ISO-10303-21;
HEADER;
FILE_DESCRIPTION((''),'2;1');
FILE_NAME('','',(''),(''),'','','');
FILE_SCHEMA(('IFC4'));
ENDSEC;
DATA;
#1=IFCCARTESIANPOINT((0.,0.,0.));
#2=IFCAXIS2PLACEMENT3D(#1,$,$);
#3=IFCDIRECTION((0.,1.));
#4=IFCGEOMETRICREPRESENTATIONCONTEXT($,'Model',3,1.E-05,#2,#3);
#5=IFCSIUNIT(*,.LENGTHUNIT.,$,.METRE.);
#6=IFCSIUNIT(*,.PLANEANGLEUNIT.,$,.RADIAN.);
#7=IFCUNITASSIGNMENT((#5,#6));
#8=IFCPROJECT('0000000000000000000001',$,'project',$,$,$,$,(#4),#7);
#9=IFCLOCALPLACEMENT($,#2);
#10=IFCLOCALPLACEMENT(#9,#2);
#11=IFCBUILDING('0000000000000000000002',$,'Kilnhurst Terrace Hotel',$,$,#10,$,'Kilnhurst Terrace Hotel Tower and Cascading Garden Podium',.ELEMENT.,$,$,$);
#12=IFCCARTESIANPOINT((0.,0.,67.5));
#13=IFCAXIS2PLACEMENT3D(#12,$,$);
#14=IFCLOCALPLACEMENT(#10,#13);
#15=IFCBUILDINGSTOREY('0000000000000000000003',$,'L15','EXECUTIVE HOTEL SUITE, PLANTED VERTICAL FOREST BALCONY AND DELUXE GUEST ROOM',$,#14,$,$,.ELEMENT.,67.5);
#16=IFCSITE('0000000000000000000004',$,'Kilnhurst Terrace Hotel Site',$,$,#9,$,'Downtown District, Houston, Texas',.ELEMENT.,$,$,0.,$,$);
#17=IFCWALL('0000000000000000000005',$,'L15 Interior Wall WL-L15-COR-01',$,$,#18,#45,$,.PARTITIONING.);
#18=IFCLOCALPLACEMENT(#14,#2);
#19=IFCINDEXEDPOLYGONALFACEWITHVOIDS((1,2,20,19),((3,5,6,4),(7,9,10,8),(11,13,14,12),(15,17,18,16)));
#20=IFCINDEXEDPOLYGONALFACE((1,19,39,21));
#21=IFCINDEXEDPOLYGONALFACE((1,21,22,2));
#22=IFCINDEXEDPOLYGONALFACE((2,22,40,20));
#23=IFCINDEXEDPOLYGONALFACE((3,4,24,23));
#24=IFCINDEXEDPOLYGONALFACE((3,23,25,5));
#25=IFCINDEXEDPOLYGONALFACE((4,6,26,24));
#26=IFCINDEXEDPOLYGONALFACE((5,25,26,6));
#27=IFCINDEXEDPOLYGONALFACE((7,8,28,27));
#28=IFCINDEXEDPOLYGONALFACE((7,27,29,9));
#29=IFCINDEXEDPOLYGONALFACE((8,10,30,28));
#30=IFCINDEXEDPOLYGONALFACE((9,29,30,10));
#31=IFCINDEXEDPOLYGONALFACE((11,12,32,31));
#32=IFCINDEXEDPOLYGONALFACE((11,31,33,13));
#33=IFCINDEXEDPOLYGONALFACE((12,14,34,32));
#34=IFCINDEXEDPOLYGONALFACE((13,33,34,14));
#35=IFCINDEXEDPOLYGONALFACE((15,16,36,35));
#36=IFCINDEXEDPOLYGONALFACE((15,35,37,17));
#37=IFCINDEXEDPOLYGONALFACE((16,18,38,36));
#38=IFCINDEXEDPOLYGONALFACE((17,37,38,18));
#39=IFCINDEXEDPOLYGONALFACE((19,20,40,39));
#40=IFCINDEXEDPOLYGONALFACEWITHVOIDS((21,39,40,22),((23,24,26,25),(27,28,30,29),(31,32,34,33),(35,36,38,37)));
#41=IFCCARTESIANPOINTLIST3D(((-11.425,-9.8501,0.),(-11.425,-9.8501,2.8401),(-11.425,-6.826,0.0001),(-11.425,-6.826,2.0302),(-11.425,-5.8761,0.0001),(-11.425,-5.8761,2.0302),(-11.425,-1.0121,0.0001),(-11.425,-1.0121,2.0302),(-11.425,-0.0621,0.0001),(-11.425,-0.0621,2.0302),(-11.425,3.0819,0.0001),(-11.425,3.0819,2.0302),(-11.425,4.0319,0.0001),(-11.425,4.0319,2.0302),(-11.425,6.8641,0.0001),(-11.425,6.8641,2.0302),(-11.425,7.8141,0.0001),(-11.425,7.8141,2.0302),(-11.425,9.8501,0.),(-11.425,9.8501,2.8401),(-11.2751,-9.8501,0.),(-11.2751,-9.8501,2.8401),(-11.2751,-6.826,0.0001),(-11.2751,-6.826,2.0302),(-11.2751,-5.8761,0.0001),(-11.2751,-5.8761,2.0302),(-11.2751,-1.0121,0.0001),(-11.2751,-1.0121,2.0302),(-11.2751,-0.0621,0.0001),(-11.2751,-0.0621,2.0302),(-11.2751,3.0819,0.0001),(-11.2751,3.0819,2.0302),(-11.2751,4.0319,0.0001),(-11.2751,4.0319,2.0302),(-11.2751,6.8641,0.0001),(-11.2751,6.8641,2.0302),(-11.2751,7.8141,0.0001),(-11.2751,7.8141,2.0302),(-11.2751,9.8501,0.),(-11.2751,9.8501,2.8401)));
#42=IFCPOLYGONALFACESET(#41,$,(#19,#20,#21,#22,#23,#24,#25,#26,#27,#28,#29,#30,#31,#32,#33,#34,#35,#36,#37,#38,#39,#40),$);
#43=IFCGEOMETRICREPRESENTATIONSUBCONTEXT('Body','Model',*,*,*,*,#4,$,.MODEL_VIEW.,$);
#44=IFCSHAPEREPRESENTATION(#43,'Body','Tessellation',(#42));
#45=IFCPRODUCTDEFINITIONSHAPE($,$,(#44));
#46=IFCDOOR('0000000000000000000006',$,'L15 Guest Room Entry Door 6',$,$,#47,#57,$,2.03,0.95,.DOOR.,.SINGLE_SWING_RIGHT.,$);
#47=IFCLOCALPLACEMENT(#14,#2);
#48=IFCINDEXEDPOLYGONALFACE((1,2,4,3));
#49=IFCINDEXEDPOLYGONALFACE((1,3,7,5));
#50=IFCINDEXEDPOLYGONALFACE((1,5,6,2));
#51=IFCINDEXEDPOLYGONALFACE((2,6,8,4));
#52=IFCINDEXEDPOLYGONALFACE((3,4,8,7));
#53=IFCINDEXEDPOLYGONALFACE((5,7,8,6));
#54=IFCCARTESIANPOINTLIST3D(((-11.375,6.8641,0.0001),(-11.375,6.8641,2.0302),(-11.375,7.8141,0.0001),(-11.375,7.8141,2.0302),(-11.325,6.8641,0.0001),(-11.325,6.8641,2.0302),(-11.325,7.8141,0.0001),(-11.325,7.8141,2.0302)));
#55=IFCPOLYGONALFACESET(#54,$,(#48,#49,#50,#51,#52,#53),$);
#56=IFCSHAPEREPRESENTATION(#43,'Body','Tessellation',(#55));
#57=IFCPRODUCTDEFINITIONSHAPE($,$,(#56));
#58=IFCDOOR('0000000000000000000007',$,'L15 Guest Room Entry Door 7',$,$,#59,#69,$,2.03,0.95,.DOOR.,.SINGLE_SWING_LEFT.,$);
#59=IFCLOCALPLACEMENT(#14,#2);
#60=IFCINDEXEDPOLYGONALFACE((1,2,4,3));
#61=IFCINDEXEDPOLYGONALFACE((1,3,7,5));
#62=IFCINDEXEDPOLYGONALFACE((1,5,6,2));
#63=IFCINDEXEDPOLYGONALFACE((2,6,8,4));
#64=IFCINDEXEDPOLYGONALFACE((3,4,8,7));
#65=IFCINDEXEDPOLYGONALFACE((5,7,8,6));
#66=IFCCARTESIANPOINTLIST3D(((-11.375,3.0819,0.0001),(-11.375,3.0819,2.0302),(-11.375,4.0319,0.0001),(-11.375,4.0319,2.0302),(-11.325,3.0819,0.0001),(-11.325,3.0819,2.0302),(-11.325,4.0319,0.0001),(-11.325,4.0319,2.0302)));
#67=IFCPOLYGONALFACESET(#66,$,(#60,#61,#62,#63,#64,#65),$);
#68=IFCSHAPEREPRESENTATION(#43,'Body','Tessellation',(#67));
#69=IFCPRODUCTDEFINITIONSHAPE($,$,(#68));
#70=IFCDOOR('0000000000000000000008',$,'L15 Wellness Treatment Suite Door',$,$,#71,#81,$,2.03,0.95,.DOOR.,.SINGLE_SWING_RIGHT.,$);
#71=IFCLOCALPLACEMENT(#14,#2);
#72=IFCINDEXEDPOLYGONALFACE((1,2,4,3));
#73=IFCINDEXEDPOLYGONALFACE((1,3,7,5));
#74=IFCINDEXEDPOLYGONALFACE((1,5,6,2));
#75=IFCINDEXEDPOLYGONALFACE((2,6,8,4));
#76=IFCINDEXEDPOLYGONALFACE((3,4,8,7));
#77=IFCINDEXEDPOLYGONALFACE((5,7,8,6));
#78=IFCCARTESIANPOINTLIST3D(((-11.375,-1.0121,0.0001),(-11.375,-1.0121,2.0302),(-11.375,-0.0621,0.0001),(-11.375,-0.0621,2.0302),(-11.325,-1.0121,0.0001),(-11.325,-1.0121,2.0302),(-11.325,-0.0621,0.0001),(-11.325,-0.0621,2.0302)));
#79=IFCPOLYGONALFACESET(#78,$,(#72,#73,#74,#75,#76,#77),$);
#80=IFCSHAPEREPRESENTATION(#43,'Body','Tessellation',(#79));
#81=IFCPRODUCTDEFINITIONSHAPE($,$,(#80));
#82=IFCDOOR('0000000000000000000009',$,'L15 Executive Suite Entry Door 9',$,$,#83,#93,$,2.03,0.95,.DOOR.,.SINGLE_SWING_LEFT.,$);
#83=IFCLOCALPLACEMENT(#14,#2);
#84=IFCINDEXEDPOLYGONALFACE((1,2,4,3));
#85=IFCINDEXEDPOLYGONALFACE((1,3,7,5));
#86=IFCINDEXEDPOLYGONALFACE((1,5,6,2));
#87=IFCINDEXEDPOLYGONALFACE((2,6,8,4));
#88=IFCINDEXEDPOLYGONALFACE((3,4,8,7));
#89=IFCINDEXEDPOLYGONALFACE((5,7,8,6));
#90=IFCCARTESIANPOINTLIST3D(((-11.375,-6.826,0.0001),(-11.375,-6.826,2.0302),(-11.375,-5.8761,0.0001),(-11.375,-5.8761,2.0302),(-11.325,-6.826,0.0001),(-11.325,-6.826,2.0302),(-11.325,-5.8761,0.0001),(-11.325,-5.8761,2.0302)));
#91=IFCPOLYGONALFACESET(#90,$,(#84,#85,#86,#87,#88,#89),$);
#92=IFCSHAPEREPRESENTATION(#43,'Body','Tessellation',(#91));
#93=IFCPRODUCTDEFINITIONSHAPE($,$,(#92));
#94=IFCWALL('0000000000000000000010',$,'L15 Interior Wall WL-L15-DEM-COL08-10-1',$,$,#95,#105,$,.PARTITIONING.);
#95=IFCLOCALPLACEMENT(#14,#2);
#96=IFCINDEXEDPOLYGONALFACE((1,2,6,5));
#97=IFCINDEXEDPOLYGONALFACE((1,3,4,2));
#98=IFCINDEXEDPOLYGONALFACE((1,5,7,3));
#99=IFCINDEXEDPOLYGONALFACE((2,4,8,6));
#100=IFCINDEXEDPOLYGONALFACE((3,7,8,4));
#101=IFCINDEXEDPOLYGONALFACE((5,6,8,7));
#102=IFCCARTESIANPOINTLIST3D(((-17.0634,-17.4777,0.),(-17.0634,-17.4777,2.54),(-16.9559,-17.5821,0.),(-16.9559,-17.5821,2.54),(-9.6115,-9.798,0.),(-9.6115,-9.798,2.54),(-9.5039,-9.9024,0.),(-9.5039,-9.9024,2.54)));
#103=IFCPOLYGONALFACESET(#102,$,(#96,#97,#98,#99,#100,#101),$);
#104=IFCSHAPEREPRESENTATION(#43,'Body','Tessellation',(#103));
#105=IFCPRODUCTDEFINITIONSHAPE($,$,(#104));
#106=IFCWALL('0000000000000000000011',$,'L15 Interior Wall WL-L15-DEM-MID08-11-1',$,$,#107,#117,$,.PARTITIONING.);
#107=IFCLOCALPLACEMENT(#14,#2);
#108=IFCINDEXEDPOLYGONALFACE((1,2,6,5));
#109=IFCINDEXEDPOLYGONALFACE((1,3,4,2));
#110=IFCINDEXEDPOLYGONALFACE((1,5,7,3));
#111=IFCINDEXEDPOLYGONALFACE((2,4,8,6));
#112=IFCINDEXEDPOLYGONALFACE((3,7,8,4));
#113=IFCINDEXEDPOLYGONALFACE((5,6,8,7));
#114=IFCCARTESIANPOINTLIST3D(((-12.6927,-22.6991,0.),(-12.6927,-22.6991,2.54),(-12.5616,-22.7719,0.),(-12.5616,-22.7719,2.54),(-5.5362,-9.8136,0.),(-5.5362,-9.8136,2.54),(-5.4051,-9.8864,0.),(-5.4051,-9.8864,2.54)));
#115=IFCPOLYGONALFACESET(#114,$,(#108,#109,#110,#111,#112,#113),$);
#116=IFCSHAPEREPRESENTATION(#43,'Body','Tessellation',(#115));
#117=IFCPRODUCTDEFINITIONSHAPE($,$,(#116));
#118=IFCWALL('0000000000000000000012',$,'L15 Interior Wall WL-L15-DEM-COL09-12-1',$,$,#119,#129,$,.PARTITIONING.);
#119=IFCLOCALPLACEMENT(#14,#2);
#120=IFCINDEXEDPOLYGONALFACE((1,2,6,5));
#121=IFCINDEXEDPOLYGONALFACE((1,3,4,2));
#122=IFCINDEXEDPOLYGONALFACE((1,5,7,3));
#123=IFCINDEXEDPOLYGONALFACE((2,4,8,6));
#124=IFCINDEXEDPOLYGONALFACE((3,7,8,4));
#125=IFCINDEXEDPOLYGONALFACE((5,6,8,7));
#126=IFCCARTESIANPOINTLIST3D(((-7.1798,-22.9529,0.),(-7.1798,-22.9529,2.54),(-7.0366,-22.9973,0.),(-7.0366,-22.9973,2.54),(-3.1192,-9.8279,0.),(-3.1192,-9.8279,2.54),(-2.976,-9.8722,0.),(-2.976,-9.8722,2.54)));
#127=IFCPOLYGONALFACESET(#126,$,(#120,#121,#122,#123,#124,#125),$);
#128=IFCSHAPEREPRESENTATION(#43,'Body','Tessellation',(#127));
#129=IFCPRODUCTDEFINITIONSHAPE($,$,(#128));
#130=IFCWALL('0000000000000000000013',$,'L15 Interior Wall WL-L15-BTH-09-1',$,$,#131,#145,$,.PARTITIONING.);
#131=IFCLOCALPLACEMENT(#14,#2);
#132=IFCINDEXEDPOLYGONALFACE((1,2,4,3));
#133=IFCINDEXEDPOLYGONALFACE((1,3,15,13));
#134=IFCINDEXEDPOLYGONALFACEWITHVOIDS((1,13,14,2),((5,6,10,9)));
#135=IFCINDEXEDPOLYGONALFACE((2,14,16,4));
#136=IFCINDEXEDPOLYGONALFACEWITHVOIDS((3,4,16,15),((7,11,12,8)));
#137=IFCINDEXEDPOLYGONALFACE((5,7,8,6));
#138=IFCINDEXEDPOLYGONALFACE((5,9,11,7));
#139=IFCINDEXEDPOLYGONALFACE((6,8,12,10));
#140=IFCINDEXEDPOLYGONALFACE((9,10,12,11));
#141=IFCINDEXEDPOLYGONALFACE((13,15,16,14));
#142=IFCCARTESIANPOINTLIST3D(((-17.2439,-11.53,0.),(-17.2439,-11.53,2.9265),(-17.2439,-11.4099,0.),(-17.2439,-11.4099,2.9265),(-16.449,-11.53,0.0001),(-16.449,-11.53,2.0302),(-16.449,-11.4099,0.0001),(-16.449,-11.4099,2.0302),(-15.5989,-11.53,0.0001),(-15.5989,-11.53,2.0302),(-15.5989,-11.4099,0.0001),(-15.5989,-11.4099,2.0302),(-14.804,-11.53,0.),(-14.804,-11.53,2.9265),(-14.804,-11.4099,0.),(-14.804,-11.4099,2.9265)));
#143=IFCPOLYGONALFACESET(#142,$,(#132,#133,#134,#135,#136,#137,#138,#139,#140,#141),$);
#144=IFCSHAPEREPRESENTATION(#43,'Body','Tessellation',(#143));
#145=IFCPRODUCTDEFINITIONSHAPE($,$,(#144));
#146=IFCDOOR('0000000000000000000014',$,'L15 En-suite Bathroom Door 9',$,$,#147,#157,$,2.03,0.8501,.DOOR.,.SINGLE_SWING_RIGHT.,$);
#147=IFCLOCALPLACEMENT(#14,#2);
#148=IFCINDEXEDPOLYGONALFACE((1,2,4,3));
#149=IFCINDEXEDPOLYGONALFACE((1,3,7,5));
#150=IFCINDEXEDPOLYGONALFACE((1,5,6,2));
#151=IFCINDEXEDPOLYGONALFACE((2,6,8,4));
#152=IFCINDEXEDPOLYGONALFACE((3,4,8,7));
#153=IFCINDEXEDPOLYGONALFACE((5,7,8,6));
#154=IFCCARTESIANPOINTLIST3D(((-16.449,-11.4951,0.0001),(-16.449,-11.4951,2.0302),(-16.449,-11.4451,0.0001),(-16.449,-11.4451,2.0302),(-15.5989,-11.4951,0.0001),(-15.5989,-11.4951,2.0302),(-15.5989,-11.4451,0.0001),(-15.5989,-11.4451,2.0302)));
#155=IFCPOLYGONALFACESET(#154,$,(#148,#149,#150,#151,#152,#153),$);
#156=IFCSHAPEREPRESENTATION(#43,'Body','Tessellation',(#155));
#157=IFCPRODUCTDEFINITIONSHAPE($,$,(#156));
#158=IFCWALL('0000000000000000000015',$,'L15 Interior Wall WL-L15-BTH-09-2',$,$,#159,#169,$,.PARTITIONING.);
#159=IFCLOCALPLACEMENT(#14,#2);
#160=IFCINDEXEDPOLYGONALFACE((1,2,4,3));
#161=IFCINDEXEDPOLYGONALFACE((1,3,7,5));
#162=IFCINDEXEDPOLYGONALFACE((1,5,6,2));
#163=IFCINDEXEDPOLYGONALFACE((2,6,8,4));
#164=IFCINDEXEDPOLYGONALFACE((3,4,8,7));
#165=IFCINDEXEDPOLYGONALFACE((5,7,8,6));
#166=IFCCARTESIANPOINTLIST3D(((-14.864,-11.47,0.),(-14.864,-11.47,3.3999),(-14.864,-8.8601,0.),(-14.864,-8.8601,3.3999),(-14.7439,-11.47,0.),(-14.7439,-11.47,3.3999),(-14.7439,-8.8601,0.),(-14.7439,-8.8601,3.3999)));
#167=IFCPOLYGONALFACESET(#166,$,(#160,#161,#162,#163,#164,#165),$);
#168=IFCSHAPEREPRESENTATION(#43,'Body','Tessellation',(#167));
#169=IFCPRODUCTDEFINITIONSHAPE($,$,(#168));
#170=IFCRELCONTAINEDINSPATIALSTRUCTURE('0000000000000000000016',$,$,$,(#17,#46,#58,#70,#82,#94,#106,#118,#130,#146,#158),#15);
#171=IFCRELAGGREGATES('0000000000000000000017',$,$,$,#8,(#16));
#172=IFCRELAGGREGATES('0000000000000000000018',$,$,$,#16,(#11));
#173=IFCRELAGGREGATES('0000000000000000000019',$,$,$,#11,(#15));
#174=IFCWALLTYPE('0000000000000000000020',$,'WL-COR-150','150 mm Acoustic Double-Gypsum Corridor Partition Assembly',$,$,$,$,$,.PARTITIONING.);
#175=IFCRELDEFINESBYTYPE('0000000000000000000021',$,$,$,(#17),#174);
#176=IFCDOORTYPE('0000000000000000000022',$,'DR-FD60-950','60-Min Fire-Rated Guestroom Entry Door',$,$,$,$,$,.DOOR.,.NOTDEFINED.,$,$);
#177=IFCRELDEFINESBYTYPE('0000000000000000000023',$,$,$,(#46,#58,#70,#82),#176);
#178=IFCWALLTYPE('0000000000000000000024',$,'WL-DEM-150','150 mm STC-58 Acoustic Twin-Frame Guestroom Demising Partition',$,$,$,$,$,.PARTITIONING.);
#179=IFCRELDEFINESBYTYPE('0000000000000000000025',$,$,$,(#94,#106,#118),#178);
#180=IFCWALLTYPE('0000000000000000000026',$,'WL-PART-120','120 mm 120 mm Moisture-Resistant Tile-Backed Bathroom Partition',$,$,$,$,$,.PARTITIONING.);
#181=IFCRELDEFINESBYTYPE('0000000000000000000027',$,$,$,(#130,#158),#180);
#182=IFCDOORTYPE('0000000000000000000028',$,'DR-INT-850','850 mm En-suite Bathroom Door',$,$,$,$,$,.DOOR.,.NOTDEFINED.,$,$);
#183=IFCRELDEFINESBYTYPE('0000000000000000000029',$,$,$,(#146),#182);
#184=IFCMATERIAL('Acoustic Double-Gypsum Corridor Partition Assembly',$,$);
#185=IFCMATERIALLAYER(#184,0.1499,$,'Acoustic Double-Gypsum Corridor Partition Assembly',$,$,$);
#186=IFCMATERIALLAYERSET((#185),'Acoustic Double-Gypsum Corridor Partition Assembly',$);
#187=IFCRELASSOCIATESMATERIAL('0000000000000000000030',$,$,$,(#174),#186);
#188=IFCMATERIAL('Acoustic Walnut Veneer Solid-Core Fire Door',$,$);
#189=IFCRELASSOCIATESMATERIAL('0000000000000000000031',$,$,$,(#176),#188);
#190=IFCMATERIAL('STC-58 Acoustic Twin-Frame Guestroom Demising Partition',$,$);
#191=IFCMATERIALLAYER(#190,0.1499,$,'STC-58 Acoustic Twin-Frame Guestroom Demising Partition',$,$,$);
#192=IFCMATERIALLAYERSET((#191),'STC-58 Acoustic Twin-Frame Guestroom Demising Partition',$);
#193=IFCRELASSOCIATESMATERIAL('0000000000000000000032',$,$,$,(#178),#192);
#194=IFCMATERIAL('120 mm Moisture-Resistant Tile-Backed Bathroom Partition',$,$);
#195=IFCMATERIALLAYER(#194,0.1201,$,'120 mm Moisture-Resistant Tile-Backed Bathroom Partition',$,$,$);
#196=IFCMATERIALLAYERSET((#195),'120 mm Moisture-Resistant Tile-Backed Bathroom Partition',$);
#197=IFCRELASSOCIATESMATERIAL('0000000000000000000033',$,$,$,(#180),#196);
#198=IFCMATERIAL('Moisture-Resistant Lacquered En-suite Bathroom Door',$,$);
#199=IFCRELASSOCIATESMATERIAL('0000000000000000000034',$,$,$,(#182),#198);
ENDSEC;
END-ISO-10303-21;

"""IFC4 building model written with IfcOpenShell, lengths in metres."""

from ifc_helpers import new_model, si_unit, direction, frame, frame_2d, origin, place, context, subcontext, project, spatial, rectangle, extrude, material, layer, layer_set, type_object, element, fill, save


model = new_model("IFC4")

# Units and contexts
model_context = context("Model", 3, precision=1e-05, world=origin(), true_north=direction((0.0, 1.0)))
body_context = subcontext(model_context, "Body", "Model", "MODEL_VIEW")
ifc_project = project(units=[si_unit("LENGTHUNIT", "METRE"), si_unit("PLANEANGLEUNIT", "RADIAN")], contexts=[model_context])

# Site, building, storey
site_placement = place(None, origin())
site = spatial("IfcSite", under=ifc_project, at=site_placement, Name="Kilnhurst Terrace Hotel Site", LongName="Downtown District, Houston, Texas", CompositionType="ELEMENT", RefElevation=0.0)
building_placement = place(site_placement, origin())
building = spatial("IfcBuilding", under=site, at=building_placement, Name="Kilnhurst Terrace Hotel", LongName="Kilnhurst Terrace Hotel Tower and Cascading Garden Podium", CompositionType="ELEMENT")
storey_placement = place(building_placement, frame((0.0, 0.0, 67.5)))
storey = spatial("IfcBuildingStorey", under=building, at=storey_placement, Name="L15", Description="EXECUTIVE HOTEL SUITE, PLANTED VERTICAL FOREST BALCONY AND DELUXE GUEST ROOM", CompositionType="ELEMENT", Elevation=67.5)

# Wall, openings, doors
ifc_material_1 = material(Name="Acoustic Double-Gypsum Corridor Partition Assembly")
ifc_layer_1 = layer(ifc_material_1, 0.1499, Name="Acoustic Double-Gypsum Corridor Partition Assembly")
ifc_layer_set_1 = layer_set([ifc_layer_1], Name="Acoustic Double-Gypsum Corridor Partition Assembly")
wall_type_1 = type_object("IfcWallType", Name="WL-COR-150", Description="150 mm Acoustic Double-Gypsum Corridor Partition Assembly", PredefinedType="PARTITIONING", material=ifc_layer_set_1)
wall_1_placement = place(storey_placement, frame((-11.3501, -9.8501, 0.0), z_axis=(0.0, 0.0, 1.0), x_axis=(0.0, 1.0, 0.0)))
wall_1 = element("IfcWall", 1, at=wall_1_placement, inside=storey, type_object=wall_type_1, Name="L15 Interior Wall WL-L15-COR-01", PredefinedType="PARTITIONING", context=body_context, shape_type="SweptSolid", body=[
    extrude(rectangle(XDim=19.7002, YDim=0.1499, at=frame_2d((9.8501, 0.0))), origin(), (0.0, 0.0, 1.0), 2.8401),
])
opening_1_placement = place(wall_1_placement, frame((16.7141, 0.0, 0.0)))
opening_1 = element("IfcOpeningElement", 2, at=opening_1_placement, cuts=wall_1, PredefinedType="OPENING", context=body_context, shape_type="SweptSolid", body=[
    extrude(rectangle(XDim=0.95, YDim=2.03, at=frame_2d((0.4751, 1.0151))), frame((0.0, 0.085, 0.0), z_axis=(0.0, -1.0, 0.0), x_axis=(1.0, 0.0, 0.0)), (0.0, 0.0, 1.0), 0.1699),
])
opening_2_placement = place(wall_1_placement, frame((12.9319, 0.0, 0.0)))
opening_2 = element("IfcOpeningElement", 3, at=opening_2_placement, cuts=wall_1, PredefinedType="OPENING", context=body_context, shape_type="SweptSolid", body=[
    extrude(rectangle(XDim=0.95, YDim=2.03, at=frame_2d((0.4751, 1.0151))), frame((0.0, 0.085, 0.0), z_axis=(0.0, -1.0, 0.0), x_axis=(1.0, 0.0, 0.0)), (0.0, 0.0, 1.0), 0.1699),
])
opening_3_placement = place(wall_1_placement, frame((8.8379, 0.0, 0.0)))
opening_3 = element("IfcOpeningElement", 4, at=opening_3_placement, cuts=wall_1, PredefinedType="OPENING", context=body_context, shape_type="SweptSolid", body=[
    extrude(rectangle(XDim=0.95, YDim=2.03, at=frame_2d((0.4751, 1.0151))), frame((0.0, 0.085, 0.0), z_axis=(0.0, -1.0, 0.0), x_axis=(1.0, 0.0, 0.0)), (0.0, 0.0, 1.0), 0.1699),
])
opening_4_placement = place(wall_1_placement, frame((3.0239, 0.0, 0.0)))
opening_4 = element("IfcOpeningElement", 5, at=opening_4_placement, cuts=wall_1, PredefinedType="OPENING", context=body_context, shape_type="SweptSolid", body=[
    extrude(rectangle(XDim=0.95, YDim=2.03, at=frame_2d((0.4751, 1.0151))), frame((0.0, 0.085, 0.0), z_axis=(0.0, -1.0, 0.0), x_axis=(1.0, 0.0, 0.0)), (0.0, 0.0, 1.0), 0.1699),
])
ifc_material_2 = material(Name="Acoustic Walnut Veneer Solid-Core Fire Door")
door_type_1 = type_object("IfcDoorType", Name="DR-FD60-950", Description="60-Min Fire-Rated Guestroom Entry Door", OperationType="NOTDEFINED", PredefinedType="DOOR", material=ifc_material_2)
door_1_placement = place(opening_1_placement, origin())
door_1 = element("IfcDoor", 6, at=door_1_placement, inside=storey, type_object=door_type_1, Name="L15 Guest Room Entry Door 6", OperationType="SINGLE_SWING_RIGHT", OverallHeight=2.03, OverallWidth=0.95, PredefinedType="DOOR", context=body_context, shape_type="SweptSolid", body=[
    extrude(rectangle(XDim=0.95, YDim=2.03, at=frame_2d((0.4751, 1.0151))), frame((0.0, 0.0249, 0.0), z_axis=(0.0, -1.0, 0.0), x_axis=(1.0, 0.0, 0.0)), (0.0, 0.0, 1.0), 0.05),
])
fill(opening_1, door_1)
door_2_placement = place(opening_2_placement, origin())
door_2 = element("IfcDoor", 7, at=door_2_placement, inside=storey, type_object=door_type_1, Name="L15 Guest Room Entry Door 7", OperationType="SINGLE_SWING_LEFT", OverallHeight=2.03, OverallWidth=0.95, PredefinedType="DOOR", context=body_context, shape_type="SweptSolid", body=[
    extrude(rectangle(XDim=0.95, YDim=2.03, at=frame_2d((0.4751, 1.0151))), frame((0.0, 0.0249, 0.0), z_axis=(0.0, -1.0, 0.0), x_axis=(1.0, 0.0, 0.0)), (0.0, 0.0, 1.0), 0.05),
])
fill(opening_2, door_2)
door_3_placement = place(opening_3_placement, origin())
door_3 = element("IfcDoor", 8, at=door_3_placement, inside=storey, type_object=door_type_1, Name="L15 Wellness Treatment Suite Door", OperationType="SINGLE_SWING_RIGHT", OverallHeight=2.03, OverallWidth=0.95, PredefinedType="DOOR", context=body_context, shape_type="SweptSolid", body=[
    extrude(rectangle(XDim=0.95, YDim=2.03, at=frame_2d((0.4751, 1.0151))), frame((0.0, 0.0249, 0.0), z_axis=(0.0, -1.0, 0.0), x_axis=(1.0, 0.0, 0.0)), (0.0, 0.0, 1.0), 0.05),
])
fill(opening_3, door_3)
door_4_placement = place(opening_4_placement, origin())
door_4 = element("IfcDoor", 9, at=door_4_placement, inside=storey, type_object=door_type_1, Name="L15 Executive Suite Entry Door 9", OperationType="SINGLE_SWING_LEFT", OverallHeight=2.03, OverallWidth=0.95, PredefinedType="DOOR", context=body_context, shape_type="SweptSolid", body=[
    extrude(rectangle(XDim=0.95, YDim=2.03, at=frame_2d((0.4751, 1.0151))), frame((0.0, 0.0249, 0.0), z_axis=(0.0, -1.0, 0.0), x_axis=(1.0, 0.0, 0.0)), (0.0, 0.0, 1.0), 0.05),
])
fill(opening_4, door_4)

# Walls
ifc_material_3 = material(Name="STC-58 Acoustic Twin-Frame Guestroom Demising Partition")
ifc_layer_2 = layer(ifc_material_3, 0.1499, Name="STC-58 Acoustic Twin-Frame Guestroom Demising Partition")
ifc_layer_set_2 = layer_set([ifc_layer_2], Name="STC-58 Acoustic Twin-Frame Guestroom Demising Partition")
wall_type_2 = type_object("IfcWallType", Name="WL-DEM-150", Description="150 mm STC-58 Acoustic Twin-Frame Guestroom Demising Partition", PredefinedType="PARTITIONING", material=ifc_layer_set_2)
wall_2_placement = place(storey_placement, frame((-9.5576, -9.8501, 0.0), z_axis=(0.0, 0.0, 1.0), x_axis=(-0.696383, -0.71767, 0.0)))
element("IfcWall", 10, at=wall_2_placement, inside=storey, type_object=wall_type_2, Name="L15 Interior Wall WL-L15-DEM-COL08-10-1", PredefinedType="PARTITIONING", context=body_context, shape_type="SweptSolid", body=[
    extrude(rectangle(XDim=10.7009, YDim=0.1499, at=frame_2d((5.3506, 0.0))), origin(), (0.0, 0.0, 1.0), 2.54),
])
wall_3_placement = place(storey_placement, frame((-5.4707, -9.8501, 0.0), z_axis=(0.0, 0.0, 1.0), x_axis=(-0.485533, -0.874218, 0.0)))
element("IfcWall", 11, at=wall_3_placement, inside=storey, type_object=wall_type_2, Name="L15 Interior Wall WL-L15-DEM-MID08-11-1", PredefinedType="PARTITIONING", context=body_context, shape_type="SweptSolid", body=[
    extrude(rectangle(XDim=14.7395, YDim=0.1499, at=frame_2d((7.3696, 0.0))), origin(), (0.0, 0.0, 1.0), 2.54),
])
wall_4_placement = place(storey_placement, frame((-3.0476, -9.8501, 0.0), z_axis=(0.0, 0.0, 1.0), x_axis=(-0.295554, -0.955326, 0.0)))
element("IfcWall", 12, at=wall_4_placement, inside=storey, type_object=wall_type_2, Name="L15 Interior Wall WL-L15-DEM-COL09-12-1", PredefinedType="PARTITIONING", context=body_context, shape_type="SweptSolid", body=[
    extrude(rectangle(XDim=13.7388, YDim=0.1499, at=frame_2d((6.8694, 0.0))), origin(), (0.0, 0.0, 1.0), 2.54),
])

# Wall, opening, door
ifc_material_4 = material(Name="120 mm Moisture-Resistant Tile-Backed Bathroom Partition")
ifc_layer_3 = layer(ifc_material_4, 0.1201, Name="120 mm Moisture-Resistant Tile-Backed Bathroom Partition")
ifc_layer_set_3 = layer_set([ifc_layer_3], Name="120 mm Moisture-Resistant Tile-Backed Bathroom Partition")
wall_type_3 = type_object("IfcWallType", Name="WL-PART-120", Description="120 mm 120 mm Moisture-Resistant Tile-Backed Bathroom Partition", PredefinedType="PARTITIONING", material=ifc_layer_set_3)
wall_5_placement = place(storey_placement, frame((-17.2439, -11.47, 0.0), z_axis=(0.0, 0.0, 1.0), x_axis=(1.0, 0.0, 0.0)))
wall_5 = element("IfcWall", 13, at=wall_5_placement, inside=storey, type_object=wall_type_3, Name="L15 Interior Wall WL-L15-BTH-09-1", PredefinedType="PARTITIONING", context=body_context, shape_type="SweptSolid", body=[
    extrude(rectangle(XDim=2.4399, YDim=0.1201, at=frame_2d((1.22, 0.0))), origin(), (0.0, 0.0, 1.0), 2.9265),
])
opening_5_placement = place(wall_5_placement, frame((0.7949, 0.0, 0.0)))
opening_5 = element("IfcOpeningElement", 14, at=opening_5_placement, cuts=wall_5, PredefinedType="OPENING", context=body_context, shape_type="SweptSolid", body=[
    extrude(rectangle(XDim=0.8501, YDim=2.03, at=frame_2d((0.425, 1.0151))), frame((0.0, 0.0701, 0.0), z_axis=(0.0, -1.0, 0.0), x_axis=(1.0, 0.0, 0.0)), (0.0, 0.0, 1.0), 0.1401),
])
ifc_material_5 = material(Name="Moisture-Resistant Lacquered En-suite Bathroom Door")
door_type_2 = type_object("IfcDoorType", Name="DR-INT-850", Description="850 mm En-suite Bathroom Door", OperationType="NOTDEFINED", PredefinedType="DOOR", material=ifc_material_5)
door_5_placement = place(opening_5_placement, origin())
door_5 = element("IfcDoor", 15, at=door_5_placement, inside=storey, type_object=door_type_2, Name="L15 En-suite Bathroom Door 9", OperationType="SINGLE_SWING_RIGHT", OverallHeight=2.03, OverallWidth=0.8501, PredefinedType="DOOR", context=body_context, shape_type="SweptSolid", body=[
    extrude(rectangle(XDim=0.8501, YDim=2.03, at=frame_2d((0.425, 1.0151))), frame((0.0, 0.0249, 0.0), z_axis=(0.0, -1.0, 0.0), x_axis=(1.0, 0.0, 0.0)), (0.0, 0.0, 1.0), 0.05),
])
fill(opening_5, door_5)

# Wall
wall_6_placement = place(storey_placement, frame((-14.804, -11.47, 0.0), z_axis=(0.0, 0.0, 1.0), x_axis=(0.0, 1.0, 0.0)))
element("IfcWall", 16, at=wall_6_placement, inside=storey, type_object=wall_type_3, Name="L15 Interior Wall WL-L15-BTH-09-2", PredefinedType="PARTITIONING", context=body_context, shape_type="SweptSolid", body=[
    extrude(rectangle(XDim=2.6099, YDim=0.1201, at=frame_2d((1.3049, 0.0))), origin(), (0.0, 0.0, 1.0), 3.3999),
])

save(model, "model.ifc")
